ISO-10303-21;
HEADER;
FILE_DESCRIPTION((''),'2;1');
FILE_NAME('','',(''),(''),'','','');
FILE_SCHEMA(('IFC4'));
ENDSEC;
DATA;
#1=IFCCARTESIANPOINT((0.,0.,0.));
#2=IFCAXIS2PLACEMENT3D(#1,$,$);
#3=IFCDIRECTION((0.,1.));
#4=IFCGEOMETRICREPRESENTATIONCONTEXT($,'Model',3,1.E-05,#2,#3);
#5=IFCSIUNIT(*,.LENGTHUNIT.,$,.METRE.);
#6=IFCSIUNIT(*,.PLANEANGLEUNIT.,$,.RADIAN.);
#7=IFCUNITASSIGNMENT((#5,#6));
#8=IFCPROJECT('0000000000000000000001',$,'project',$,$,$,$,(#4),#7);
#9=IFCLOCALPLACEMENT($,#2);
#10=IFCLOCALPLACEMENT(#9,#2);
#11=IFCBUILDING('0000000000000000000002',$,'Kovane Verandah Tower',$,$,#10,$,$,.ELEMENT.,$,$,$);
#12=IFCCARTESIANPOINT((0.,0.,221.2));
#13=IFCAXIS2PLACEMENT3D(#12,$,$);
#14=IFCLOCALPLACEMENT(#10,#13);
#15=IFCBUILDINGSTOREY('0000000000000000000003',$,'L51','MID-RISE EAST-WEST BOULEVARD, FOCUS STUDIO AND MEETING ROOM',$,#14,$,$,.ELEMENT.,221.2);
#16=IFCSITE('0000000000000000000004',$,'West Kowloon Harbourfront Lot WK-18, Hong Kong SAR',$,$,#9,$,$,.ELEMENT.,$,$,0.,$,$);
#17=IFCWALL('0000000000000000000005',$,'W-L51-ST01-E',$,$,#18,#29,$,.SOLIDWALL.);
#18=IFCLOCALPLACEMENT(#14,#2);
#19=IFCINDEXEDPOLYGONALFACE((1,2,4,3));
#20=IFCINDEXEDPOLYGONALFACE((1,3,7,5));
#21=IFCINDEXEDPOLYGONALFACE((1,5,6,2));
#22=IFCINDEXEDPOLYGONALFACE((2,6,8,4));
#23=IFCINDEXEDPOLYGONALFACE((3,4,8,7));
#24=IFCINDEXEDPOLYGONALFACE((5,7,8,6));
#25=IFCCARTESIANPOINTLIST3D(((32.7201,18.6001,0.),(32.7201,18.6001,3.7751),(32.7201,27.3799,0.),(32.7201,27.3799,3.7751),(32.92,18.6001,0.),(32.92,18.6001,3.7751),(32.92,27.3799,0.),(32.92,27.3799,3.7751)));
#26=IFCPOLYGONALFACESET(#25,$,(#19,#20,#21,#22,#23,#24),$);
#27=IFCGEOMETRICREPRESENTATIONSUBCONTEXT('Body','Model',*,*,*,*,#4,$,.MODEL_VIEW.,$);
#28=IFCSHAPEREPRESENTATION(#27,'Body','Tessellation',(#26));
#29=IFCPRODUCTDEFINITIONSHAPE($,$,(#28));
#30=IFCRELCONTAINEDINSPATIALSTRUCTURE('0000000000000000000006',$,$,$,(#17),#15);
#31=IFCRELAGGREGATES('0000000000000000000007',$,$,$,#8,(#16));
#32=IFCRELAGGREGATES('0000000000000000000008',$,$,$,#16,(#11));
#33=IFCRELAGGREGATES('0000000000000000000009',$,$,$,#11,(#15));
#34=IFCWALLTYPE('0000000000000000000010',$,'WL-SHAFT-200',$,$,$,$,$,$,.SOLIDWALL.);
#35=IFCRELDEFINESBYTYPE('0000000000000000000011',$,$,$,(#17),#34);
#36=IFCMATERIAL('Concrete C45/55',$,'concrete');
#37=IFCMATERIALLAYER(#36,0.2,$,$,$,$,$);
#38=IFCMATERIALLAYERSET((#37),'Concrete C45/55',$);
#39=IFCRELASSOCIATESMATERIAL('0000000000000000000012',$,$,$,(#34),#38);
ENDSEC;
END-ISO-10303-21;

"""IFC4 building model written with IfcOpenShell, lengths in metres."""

from ifc_helpers import new_model, si_unit, direction, frame, frame_2d, origin, place, context, subcontext, project, spatial, rectangle, extrude, material, layer, layer_set, type_object, element, save


model = new_model("IFC4")

# Units and contexts
model_context = context("Model", 3, precision=1e-05, world=origin(), true_north=direction((0.0, 1.0)))
body_context = subcontext(model_context, "Body", "Model", "MODEL_VIEW")
ifc_project = project(units=[si_unit("LENGTHUNIT", "METRE"), si_unit("PLANEANGLEUNIT", "RADIAN")], contexts=[model_context])

# Site, building, storey
site_placement = place(None, origin())
site = spatial("IfcSite", under=ifc_project, at=site_placement, Name="West Kowloon Harbourfront Lot WK-18, Hong Kong SAR", CompositionType="ELEMENT", RefElevation=0.0)
building_placement = place(site_placement, origin())
building = spatial("IfcBuilding", under=site, at=building_placement, Name="Kovane Verandah Tower", CompositionType="ELEMENT")
storey_placement = place(building_placement, frame((0.0, 0.0, 221.2)))
storey = spatial("IfcBuildingStorey", under=building, at=storey_placement, Name="L51", Description="MID-RISE EAST-WEST BOULEVARD, FOCUS STUDIO AND MEETING ROOM", CompositionType="ELEMENT", Elevation=221.2)

# Wall
ifc_material_1 = material(Name="Concrete C45/55", Category="concrete")
ifc_layer_1 = layer(ifc_material_1, 0.2)
ifc_layer_set_1 = layer_set([ifc_layer_1], Name="Concrete C45/55")
wall_type_1 = type_object("IfcWallType", Name="WL-SHAFT-200", PredefinedType="SOLIDWALL", material=ifc_layer_set_1)
wall_1_placement = place(storey_placement, frame((32.8201, 18.6001, 0.0), z_axis=(0.0, 0.0, 1.0), x_axis=(0.0, 1.0, 0.0)))
element("IfcWall", 1, at=wall_1_placement, inside=storey, type_object=wall_type_1, Name="W-L51-ST01-E", PredefinedType="SOLIDWALL", context=body_context, shape_type="SweptSolid", body=[
    extrude(rectangle(XDim=8.7798, YDim=0.2, at=frame_2d((4.3899, 0.0))), origin(), (0.0, 0.0, 1.0), 3.7751),
])

save(model, "model.ifc")
